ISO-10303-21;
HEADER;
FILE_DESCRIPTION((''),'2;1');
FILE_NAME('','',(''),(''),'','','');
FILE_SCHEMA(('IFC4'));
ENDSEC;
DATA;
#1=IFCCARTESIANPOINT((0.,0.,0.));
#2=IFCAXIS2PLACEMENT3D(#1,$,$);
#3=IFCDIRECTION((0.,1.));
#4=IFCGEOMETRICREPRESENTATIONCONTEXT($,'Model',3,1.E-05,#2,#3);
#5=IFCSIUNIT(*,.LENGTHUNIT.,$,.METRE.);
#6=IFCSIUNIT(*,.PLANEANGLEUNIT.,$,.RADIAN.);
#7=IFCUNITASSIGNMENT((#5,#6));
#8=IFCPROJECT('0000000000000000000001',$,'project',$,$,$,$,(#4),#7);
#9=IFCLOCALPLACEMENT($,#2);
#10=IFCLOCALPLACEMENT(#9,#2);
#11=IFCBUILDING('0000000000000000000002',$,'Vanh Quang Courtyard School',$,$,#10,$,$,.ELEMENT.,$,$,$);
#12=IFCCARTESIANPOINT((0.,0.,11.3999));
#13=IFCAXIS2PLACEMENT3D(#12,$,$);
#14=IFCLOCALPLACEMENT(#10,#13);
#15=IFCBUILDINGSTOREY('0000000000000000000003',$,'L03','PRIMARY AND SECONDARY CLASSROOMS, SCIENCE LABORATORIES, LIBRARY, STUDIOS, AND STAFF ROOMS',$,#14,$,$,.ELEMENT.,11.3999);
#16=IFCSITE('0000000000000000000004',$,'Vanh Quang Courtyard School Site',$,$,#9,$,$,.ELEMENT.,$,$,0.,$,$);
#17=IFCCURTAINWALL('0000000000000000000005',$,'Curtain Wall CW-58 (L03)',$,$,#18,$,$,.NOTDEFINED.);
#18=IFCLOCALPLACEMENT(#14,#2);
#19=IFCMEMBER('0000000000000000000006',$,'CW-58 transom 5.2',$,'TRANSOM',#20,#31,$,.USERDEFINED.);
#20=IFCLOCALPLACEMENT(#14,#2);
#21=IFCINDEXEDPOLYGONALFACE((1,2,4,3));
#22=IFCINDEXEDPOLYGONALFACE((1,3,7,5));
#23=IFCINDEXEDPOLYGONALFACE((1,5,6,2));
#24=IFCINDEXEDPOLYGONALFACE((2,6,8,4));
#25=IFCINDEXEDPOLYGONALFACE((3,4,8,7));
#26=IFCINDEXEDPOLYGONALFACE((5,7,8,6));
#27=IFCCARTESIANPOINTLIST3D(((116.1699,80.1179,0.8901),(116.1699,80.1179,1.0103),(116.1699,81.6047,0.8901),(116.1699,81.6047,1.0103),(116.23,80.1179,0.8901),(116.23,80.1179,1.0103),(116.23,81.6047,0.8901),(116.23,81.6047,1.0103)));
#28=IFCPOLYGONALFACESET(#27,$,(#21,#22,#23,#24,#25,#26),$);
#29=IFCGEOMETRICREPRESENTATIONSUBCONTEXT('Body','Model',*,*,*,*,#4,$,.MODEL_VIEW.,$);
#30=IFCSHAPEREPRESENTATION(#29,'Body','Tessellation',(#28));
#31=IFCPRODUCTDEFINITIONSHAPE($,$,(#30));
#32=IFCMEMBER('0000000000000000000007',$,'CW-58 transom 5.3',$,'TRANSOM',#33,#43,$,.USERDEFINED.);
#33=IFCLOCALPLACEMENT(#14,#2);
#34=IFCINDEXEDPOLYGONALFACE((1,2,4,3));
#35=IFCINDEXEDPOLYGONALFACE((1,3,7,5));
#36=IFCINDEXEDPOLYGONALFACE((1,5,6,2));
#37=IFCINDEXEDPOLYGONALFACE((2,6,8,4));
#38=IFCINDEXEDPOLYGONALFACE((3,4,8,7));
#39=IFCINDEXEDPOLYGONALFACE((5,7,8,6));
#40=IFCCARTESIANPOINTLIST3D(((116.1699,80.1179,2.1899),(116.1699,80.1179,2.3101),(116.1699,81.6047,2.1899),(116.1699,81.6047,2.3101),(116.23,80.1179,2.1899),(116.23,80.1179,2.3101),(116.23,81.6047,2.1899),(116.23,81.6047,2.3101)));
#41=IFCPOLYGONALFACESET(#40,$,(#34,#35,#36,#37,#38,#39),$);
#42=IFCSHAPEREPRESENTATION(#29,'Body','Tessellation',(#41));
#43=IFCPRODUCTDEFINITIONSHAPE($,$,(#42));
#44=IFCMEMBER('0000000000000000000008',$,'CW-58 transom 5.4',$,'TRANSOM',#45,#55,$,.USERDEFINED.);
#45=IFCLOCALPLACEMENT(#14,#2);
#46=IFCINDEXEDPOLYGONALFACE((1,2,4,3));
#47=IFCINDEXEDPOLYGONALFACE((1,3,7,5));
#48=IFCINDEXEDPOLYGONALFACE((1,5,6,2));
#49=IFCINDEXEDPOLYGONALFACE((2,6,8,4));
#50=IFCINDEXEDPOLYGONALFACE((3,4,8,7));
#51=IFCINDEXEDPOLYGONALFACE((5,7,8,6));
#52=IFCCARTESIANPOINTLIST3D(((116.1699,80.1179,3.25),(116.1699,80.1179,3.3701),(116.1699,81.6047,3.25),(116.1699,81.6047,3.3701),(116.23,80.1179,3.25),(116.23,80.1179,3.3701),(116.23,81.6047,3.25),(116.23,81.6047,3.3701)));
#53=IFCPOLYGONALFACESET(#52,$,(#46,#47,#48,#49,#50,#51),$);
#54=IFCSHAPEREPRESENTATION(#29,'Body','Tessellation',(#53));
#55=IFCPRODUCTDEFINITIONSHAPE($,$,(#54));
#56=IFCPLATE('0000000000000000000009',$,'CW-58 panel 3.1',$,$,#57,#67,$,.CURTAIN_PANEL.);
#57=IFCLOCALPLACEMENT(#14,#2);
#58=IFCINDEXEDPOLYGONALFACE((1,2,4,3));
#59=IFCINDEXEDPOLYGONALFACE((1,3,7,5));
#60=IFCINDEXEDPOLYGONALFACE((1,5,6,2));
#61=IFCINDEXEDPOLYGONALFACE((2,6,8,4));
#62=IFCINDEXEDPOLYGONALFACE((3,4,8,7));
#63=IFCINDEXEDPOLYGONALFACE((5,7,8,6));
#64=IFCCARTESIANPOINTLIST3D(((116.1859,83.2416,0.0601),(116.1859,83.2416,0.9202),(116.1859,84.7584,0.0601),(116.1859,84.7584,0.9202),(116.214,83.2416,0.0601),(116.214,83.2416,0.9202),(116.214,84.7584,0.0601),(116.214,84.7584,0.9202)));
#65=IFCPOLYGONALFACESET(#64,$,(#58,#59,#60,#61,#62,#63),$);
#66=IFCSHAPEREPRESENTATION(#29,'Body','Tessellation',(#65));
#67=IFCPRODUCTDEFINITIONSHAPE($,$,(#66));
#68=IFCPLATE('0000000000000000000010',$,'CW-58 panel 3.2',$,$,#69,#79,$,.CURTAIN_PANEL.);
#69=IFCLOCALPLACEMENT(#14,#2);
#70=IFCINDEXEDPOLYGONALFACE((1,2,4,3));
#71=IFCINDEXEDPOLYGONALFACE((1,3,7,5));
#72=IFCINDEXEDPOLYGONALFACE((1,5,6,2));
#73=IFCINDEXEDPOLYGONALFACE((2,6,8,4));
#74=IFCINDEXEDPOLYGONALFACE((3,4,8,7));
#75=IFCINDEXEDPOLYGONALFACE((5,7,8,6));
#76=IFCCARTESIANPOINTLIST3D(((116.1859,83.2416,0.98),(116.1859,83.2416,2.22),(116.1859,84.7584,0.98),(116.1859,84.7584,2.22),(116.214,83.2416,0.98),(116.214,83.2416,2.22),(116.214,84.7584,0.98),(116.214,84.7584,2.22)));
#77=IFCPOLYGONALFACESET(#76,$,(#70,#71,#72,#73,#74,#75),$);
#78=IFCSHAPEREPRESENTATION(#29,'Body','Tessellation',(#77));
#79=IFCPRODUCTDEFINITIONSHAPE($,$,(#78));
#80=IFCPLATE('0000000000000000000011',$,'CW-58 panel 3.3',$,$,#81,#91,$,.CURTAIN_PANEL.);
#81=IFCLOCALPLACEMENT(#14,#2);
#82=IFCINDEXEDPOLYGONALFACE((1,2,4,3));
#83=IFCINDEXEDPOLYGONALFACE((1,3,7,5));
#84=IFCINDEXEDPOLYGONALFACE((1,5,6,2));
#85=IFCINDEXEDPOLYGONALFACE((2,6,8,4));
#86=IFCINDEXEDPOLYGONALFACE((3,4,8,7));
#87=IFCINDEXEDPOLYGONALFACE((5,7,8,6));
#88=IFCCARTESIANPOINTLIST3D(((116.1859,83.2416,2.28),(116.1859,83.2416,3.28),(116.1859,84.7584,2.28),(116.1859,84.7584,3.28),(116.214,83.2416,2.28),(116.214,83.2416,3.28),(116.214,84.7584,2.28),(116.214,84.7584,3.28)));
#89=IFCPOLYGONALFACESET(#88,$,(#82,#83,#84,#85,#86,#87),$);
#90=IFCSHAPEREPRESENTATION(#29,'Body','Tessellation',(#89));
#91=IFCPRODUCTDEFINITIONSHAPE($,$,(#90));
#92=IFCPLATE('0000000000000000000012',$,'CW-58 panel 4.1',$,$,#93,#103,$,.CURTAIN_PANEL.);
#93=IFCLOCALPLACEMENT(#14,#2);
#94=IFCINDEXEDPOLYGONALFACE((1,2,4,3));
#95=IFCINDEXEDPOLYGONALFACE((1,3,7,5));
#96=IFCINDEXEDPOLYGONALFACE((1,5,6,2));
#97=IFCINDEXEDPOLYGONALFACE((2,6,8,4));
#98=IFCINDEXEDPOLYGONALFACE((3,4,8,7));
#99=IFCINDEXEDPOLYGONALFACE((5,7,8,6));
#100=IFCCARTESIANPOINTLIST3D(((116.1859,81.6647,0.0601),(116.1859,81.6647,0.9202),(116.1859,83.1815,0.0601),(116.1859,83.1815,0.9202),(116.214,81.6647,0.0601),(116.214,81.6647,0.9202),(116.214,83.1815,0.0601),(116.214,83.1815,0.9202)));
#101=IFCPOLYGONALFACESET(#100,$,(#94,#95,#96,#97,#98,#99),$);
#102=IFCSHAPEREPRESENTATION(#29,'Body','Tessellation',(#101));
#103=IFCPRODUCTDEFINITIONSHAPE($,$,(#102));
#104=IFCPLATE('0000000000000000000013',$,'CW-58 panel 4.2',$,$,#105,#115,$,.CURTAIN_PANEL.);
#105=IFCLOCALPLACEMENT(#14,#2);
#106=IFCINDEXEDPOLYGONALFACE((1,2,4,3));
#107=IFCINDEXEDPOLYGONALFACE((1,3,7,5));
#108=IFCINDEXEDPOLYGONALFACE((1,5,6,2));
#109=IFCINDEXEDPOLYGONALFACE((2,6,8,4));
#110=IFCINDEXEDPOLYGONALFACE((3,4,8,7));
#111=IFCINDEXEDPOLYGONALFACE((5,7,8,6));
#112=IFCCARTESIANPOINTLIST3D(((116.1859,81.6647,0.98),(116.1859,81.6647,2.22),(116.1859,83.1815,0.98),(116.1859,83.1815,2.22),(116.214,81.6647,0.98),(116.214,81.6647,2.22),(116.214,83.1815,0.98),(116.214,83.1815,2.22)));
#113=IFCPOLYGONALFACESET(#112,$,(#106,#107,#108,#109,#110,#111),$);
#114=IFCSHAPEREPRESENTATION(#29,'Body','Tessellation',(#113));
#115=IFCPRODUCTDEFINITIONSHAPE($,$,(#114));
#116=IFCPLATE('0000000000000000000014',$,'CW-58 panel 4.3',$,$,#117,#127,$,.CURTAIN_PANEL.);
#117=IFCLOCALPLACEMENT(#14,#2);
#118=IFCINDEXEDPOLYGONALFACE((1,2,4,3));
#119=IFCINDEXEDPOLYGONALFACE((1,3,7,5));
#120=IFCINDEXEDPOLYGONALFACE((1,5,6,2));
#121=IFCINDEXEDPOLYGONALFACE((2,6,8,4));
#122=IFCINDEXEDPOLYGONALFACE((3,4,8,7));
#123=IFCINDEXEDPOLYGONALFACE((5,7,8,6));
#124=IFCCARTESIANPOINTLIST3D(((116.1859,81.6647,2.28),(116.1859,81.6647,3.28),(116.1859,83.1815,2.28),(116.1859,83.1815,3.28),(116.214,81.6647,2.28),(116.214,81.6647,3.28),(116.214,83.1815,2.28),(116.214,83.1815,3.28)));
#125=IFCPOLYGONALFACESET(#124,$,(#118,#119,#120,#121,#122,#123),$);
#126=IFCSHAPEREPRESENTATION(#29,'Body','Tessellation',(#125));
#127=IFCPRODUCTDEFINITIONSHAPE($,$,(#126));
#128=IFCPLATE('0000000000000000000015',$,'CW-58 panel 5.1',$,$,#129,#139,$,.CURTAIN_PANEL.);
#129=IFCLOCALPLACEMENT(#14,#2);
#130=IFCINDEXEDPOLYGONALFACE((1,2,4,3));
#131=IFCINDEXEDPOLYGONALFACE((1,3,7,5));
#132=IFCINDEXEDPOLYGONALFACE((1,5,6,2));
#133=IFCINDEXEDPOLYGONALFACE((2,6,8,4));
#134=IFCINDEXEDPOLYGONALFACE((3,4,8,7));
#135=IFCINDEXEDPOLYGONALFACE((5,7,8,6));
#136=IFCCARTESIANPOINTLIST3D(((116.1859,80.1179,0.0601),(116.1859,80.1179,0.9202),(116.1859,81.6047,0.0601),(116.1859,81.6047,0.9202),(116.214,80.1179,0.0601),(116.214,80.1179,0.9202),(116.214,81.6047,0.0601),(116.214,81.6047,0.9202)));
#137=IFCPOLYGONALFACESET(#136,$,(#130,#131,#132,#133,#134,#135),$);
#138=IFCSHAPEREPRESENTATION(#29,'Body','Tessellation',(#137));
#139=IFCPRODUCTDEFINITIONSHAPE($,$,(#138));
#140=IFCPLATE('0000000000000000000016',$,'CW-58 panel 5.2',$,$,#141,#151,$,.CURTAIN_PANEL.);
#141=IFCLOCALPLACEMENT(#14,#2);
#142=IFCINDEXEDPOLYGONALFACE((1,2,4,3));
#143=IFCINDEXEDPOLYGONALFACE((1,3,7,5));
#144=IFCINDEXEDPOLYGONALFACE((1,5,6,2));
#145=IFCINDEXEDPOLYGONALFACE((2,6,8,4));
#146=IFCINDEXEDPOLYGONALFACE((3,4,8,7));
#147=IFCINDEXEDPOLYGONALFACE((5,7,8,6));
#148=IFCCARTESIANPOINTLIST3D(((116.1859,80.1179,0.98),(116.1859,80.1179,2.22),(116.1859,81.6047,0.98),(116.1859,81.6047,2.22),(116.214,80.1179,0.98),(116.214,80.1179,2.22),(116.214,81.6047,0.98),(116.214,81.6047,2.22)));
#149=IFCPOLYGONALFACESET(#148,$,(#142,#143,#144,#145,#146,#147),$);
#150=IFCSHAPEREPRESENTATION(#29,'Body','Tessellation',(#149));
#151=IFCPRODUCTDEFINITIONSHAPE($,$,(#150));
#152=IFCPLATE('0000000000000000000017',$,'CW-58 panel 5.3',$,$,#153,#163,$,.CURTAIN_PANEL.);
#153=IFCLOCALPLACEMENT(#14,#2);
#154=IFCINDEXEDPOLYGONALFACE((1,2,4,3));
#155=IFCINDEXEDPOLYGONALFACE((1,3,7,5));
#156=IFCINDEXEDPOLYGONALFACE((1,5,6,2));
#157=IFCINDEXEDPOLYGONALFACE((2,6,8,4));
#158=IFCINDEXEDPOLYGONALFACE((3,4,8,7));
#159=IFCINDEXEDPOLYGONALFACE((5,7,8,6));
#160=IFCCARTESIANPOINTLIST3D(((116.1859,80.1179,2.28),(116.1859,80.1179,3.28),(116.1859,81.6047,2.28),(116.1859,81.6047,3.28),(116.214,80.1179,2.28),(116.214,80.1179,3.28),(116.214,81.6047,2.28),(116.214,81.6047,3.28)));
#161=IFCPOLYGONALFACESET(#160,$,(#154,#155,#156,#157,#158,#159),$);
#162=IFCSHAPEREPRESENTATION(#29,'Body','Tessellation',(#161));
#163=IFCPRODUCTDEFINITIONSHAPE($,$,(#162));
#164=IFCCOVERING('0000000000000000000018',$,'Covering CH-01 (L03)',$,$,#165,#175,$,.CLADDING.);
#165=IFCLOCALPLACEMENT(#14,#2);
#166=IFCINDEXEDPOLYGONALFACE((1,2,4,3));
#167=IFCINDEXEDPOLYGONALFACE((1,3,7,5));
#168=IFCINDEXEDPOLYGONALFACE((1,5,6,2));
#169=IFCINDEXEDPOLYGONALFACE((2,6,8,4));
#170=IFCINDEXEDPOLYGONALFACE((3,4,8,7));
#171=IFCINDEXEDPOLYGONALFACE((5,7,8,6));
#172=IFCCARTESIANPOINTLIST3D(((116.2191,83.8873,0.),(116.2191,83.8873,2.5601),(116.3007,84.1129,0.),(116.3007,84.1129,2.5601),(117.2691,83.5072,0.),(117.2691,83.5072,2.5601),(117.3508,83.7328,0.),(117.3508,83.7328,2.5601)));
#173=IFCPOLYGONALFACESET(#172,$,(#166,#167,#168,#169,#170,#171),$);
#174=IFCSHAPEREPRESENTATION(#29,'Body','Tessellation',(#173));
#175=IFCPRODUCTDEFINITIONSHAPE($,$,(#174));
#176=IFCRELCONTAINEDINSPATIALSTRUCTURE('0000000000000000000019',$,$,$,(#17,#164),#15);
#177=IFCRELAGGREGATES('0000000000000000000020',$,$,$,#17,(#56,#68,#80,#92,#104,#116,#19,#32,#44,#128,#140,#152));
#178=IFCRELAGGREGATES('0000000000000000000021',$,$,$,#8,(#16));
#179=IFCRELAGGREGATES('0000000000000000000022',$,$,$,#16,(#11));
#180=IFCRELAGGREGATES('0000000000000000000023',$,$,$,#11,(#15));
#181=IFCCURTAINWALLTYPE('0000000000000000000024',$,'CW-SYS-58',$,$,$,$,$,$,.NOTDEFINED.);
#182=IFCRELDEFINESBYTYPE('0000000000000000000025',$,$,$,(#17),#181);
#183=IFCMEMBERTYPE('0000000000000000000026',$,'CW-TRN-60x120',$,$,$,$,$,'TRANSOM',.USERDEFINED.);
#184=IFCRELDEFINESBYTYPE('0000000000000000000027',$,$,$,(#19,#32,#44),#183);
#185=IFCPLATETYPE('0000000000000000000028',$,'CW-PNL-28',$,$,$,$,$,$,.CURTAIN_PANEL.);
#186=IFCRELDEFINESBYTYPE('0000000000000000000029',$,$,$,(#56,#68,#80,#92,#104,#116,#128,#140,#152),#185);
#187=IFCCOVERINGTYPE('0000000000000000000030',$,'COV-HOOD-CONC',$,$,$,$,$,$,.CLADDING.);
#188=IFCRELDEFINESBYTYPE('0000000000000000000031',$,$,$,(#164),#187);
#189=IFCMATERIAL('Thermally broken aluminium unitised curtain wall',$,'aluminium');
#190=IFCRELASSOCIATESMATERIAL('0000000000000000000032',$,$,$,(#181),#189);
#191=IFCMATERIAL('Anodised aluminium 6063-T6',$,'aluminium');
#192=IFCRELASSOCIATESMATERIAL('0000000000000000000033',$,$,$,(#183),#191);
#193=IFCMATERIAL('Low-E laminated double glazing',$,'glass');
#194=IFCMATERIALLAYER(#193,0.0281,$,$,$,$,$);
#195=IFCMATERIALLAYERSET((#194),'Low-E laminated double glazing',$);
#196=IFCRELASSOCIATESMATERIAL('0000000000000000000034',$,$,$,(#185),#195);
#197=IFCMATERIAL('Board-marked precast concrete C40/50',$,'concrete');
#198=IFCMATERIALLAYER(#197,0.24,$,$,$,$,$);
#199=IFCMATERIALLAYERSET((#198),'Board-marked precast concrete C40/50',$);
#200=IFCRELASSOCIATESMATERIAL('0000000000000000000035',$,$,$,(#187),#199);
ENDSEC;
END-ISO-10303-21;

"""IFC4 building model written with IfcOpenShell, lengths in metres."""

from ifc_helpers import new_model, si_unit, direction, frame, origin, origin_2d, place, context, subcontext, project, spatial, rectangle, extrude, material, layer, layer_set, material_profile, profile_set, type_object, element, aggregate, save


model = new_model("IFC4")

# Units and contexts
model_context = context("Model", 3, precision=1e-05, world=origin(), true_north=direction((0.0, 1.0)))
body_context = subcontext(model_context, "Body", "Model", "MODEL_VIEW")
ifc_project = project(units=[si_unit("LENGTHUNIT", "METRE"), si_unit("PLANEANGLEUNIT", "RADIAN")], contexts=[model_context])

# Site, building, storey
site_placement = place(None, origin())
site = spatial("IfcSite", under=ifc_project, at=site_placement, Name="Vanh Quang Courtyard School Site", CompositionType="ELEMENT", RefElevation=0.0)
building_placement = place(site_placement, origin())
building = spatial("IfcBuilding", under=site, at=building_placement, Name="Vanh Quang Courtyard School", CompositionType="ELEMENT")
storey_placement = place(building_placement, frame((0.0, 0.0, 11.3999)))
storey = spatial("IfcBuildingStorey", under=building, at=storey_placement, Name="L03", Description="PRIMARY AND SECONDARY CLASSROOMS, SCIENCE LABORATORIES, LIBRARY, STUDIOS, AND STAFF ROOMS", CompositionType="ELEMENT", Elevation=11.3999)

# Curtain wall, members, plates
ifc_material_1 = material(Name="Thermally broken aluminium unitised curtain wall", Category="aluminium")
curtain_wall_type = type_object("IfcCurtainWallType", Name="CW-SYS-58", PredefinedType="NOTDEFINED", material=ifc_material_1)
curtain_wall_placement = place(storey_placement, origin())
curtain_wall = element("IfcCurtainWall", 1, at=curtain_wall_placement, inside=storey, type_object=curtain_wall_type, Name="Curtain Wall CW-58 (L03)", PredefinedType="NOTDEFINED")
ifc_material_2 = material(Name="Anodised aluminium 6063-T6", Category="aluminium")
ifc_material_profile_1 = material_profile(ifc_material_2, rectangle(XDim=0.0601, YDim=0.1201, at=origin_2d()), Name="ALU-TRN 60x120")
ifc_profile_set_1 = profile_set([ifc_material_profile_1], Name="Anodised aluminium 6063-T6")
member_type_1 = type_object("IfcMemberType", Name="CW-TRN-60x120", ElementType="TRANSOM", PredefinedType="USERDEFINED", material=ifc_profile_set_1)
member_1_placement = place(storey_placement, frame((116.2, 81.6047, 0.9502), z_axis=(0.0, -1.0, 0.0), x_axis=(1.0, 0.0, 0.0)))
member_1 = element("IfcMember", 2, at=member_1_placement, type_object=member_type_1, Name="CW-58 transom 5.2", ObjectType="TRANSOM", PredefinedType="USERDEFINED", context=body_context, shape_type="SweptSolid", body=[
    extrude(rectangle(XDim=0.0601, YDim=0.1201, at=origin_2d()), origin(), (0.0, 0.0, 1.0), 1.4868),
])
member_2_placement = place(storey_placement, frame((116.2, 81.6047, 2.25), z_axis=(0.0, -1.0, 0.0), x_axis=(1.0, 0.0, 0.0)))
member_2 = element("IfcMember", 3, at=member_2_placement, type_object=member_type_1, Name="CW-58 transom 5.3", ObjectType="TRANSOM", PredefinedType="USERDEFINED", context=body_context, shape_type="SweptSolid", body=[
    extrude(rectangle(XDim=0.0601, YDim=0.1201, at=origin_2d()), origin(), (0.0, 0.0, 1.0), 1.4868),
])
member_3_placement = place(storey_placement, frame((116.2, 81.6047, 3.3101), z_axis=(0.0, -1.0, 0.0), x_axis=(1.0, 0.0, 0.0)))
member_3 = element("IfcMember", 4, at=member_3_placement, type_object=member_type_1, Name="CW-58 transom 5.4", ObjectType="TRANSOM", PredefinedType="USERDEFINED", context=body_context, shape_type="SweptSolid", body=[
    extrude(rectangle(XDim=0.0601, YDim=0.1201, at=origin_2d()), origin(), (0.0, 0.0, 1.0), 1.4868),
])
ifc_material_3 = material(Name="Low-E laminated double glazing", Category="glass")
ifc_layer_1 = layer(ifc_material_3, 0.0281)
ifc_layer_set_1 = layer_set([ifc_layer_1], Name="Low-E laminated double glazing")
plate_type = type_object("IfcPlateType", Name="CW-PNL-28", PredefinedType="CURTAIN_PANEL", material=ifc_layer_set_1)
plate_1_placement = place(storey_placement, frame((116.2, 84.0, 0.0601), z_axis=(0.0, 0.0, 1.0), x_axis=(0.0, -1.0, 0.0)))
plate_1 = element("IfcPlate", 5, at=plate_1_placement, type_object=plate_type, Name="CW-58 panel 3.1", PredefinedType="CURTAIN_PANEL", context=body_context, shape_type="SweptSolid", body=[
    extrude(rectangle(XDim=1.5168, YDim=0.0281, at=origin_2d()), origin(), (0.0, 0.0, 1.0), 0.8601),
])
plate_2_placement = place(storey_placement, frame((116.2, 84.0, 0.98), z_axis=(0.0, 0.0, 1.0), x_axis=(0.0, -1.0, 0.0)))
plate_2 = element("IfcPlate", 6, at=plate_2_placement, type_object=plate_type, Name="CW-58 panel 3.2", PredefinedType="CURTAIN_PANEL", context=body_context, shape_type="SweptSolid", body=[
    extrude(rectangle(XDim=1.5168, YDim=0.0281, at=origin_2d()), origin(), (0.0, 0.0, 1.0), 1.24),
])
plate_3_placement = place(storey_placement, frame((116.2, 84.0, 2.28), z_axis=(0.0, 0.0, 1.0), x_axis=(0.0, -1.0, 0.0)))
plate_3 = element("IfcPlate", 7, at=plate_3_placement, type_object=plate_type, Name="CW-58 panel 3.3", PredefinedType="CURTAIN_PANEL", context=body_context, shape_type="SweptSolid", body=[
    extrude(rectangle(XDim=1.5168, YDim=0.0281, at=origin_2d()), origin(), (0.0, 0.0, 1.0), 1.0),
])
plate_4_placement = place(storey_placement, frame((116.2, 82.4231, 0.0601), z_axis=(0.0, 0.0, 1.0), x_axis=(0.0, -1.0, 0.0)))
plate_4 = element("IfcPlate", 8, at=plate_4_placement, type_object=plate_type, Name="CW-58 panel 4.1", PredefinedType="CURTAIN_PANEL", context=body_context, shape_type="SweptSolid", body=[
    extrude(rectangle(XDim=1.5168, YDim=0.0281, at=origin_2d()), origin(), (0.0, 0.0, 1.0), 0.8601),
])
plate_5_placement = place(storey_placement, frame((116.2, 82.4231, 0.98), z_axis=(0.0, 0.0, 1.0), x_axis=(0.0, -1.0, 0.0)))
plate_5 = element("IfcPlate", 9, at=plate_5_placement, type_object=plate_type, Name="CW-58 panel 4.2", PredefinedType="CURTAIN_PANEL", context=body_context, shape_type="SweptSolid", body=[
    extrude(rectangle(XDim=1.5168, YDim=0.0281, at=origin_2d()), origin(), (0.0, 0.0, 1.0), 1.24),
])
plate_6_placement = place(storey_placement, frame((116.2, 82.4231, 2.28), z_axis=(0.0, 0.0, 1.0), x_axis=(0.0, -1.0, 0.0)))
plate_6 = element("IfcPlate", 10, at=plate_6_placement, type_object=plate_type, Name="CW-58 panel 4.3", PredefinedType="CURTAIN_PANEL", context=body_context, shape_type="SweptSolid", body=[
    extrude(rectangle(XDim=1.5168, YDim=0.0281, at=origin_2d()), origin(), (0.0, 0.0, 1.0), 1.0),
])
plate_7_placement = place(storey_placement, frame((116.2, 80.8613, 0.0601), z_axis=(0.0, 0.0, 1.0), x_axis=(0.0, -1.0, 0.0)))
plate_7 = element("IfcPlate", 11, at=plate_7_placement, type_object=plate_type, Name="CW-58 panel 5.1", PredefinedType="CURTAIN_PANEL", context=body_context, shape_type="SweptSolid", body=[
    extrude(rectangle(XDim=1.4868, YDim=0.0281, at=origin_2d()), origin(), (0.0, 0.0, 1.0), 0.8601),
])
plate_8_placement = place(storey_placement, frame((116.2, 80.8613, 0.98), z_axis=(0.0, 0.0, 1.0), x_axis=(0.0, -1.0, 0.0)))
plate_8 = element("IfcPlate", 12, at=plate_8_placement, type_object=plate_type, Name="CW-58 panel 5.2", PredefinedType="CURTAIN_PANEL", context=body_context, shape_type="SweptSolid", body=[
    extrude(rectangle(XDim=1.4868, YDim=0.0281, at=origin_2d()), origin(), (0.0, 0.0, 1.0), 1.24),
])
plate_9_placement = place(storey_placement, frame((116.2, 80.8613, 2.28), z_axis=(0.0, 0.0, 1.0), x_axis=(0.0, -1.0, 0.0)))
plate_9 = element("IfcPlate", 13, at=plate_9_placement, type_object=plate_type, Name="CW-58 panel 5.3", PredefinedType="CURTAIN_PANEL", context=body_context, shape_type="SweptSolid", body=[
    extrude(rectangle(XDim=1.4868, YDim=0.0281, at=origin_2d()), origin(), (0.0, 0.0, 1.0), 1.0),
])
aggregate(curtain_wall, [plate_1, plate_2, plate_3, plate_4, plate_5, plate_6, member_1, member_2, member_3, plate_7, plate_8, plate_9])

# Covering
ifc_material_4 = material(Name="Board-marked precast concrete C40/50", Category="concrete")
ifc_layer_2 = layer(ifc_material_4, 0.24)
ifc_layer_set_2 = layer_set([ifc_layer_2], Name="Board-marked precast concrete C40/50")
covering_type = type_object("IfcCoveringType", Name="COV-HOOD-CONC", PredefinedType="CLADDING", material=ifc_layer_set_2)
covering_placement = place(storey_placement, frame((116.7849, 83.8101, 0.0), z_axis=(0.0, 0.0, 1.0), x_axis=(0.940288, -0.34038, 0.0)))
element("IfcCovering", 14, at=covering_placement, inside=storey, type_object=covering_type, Name="Covering CH-01 (L03)", PredefinedType="CLADDING", context=body_context, shape_type="SweptSolid", body=[
    extrude(rectangle(XDim=1.1167, YDim=0.24, at=origin_2d()), origin(), (0.0, 0.0, 1.0), 2.5601),
])

save(model, "model.ifc")
